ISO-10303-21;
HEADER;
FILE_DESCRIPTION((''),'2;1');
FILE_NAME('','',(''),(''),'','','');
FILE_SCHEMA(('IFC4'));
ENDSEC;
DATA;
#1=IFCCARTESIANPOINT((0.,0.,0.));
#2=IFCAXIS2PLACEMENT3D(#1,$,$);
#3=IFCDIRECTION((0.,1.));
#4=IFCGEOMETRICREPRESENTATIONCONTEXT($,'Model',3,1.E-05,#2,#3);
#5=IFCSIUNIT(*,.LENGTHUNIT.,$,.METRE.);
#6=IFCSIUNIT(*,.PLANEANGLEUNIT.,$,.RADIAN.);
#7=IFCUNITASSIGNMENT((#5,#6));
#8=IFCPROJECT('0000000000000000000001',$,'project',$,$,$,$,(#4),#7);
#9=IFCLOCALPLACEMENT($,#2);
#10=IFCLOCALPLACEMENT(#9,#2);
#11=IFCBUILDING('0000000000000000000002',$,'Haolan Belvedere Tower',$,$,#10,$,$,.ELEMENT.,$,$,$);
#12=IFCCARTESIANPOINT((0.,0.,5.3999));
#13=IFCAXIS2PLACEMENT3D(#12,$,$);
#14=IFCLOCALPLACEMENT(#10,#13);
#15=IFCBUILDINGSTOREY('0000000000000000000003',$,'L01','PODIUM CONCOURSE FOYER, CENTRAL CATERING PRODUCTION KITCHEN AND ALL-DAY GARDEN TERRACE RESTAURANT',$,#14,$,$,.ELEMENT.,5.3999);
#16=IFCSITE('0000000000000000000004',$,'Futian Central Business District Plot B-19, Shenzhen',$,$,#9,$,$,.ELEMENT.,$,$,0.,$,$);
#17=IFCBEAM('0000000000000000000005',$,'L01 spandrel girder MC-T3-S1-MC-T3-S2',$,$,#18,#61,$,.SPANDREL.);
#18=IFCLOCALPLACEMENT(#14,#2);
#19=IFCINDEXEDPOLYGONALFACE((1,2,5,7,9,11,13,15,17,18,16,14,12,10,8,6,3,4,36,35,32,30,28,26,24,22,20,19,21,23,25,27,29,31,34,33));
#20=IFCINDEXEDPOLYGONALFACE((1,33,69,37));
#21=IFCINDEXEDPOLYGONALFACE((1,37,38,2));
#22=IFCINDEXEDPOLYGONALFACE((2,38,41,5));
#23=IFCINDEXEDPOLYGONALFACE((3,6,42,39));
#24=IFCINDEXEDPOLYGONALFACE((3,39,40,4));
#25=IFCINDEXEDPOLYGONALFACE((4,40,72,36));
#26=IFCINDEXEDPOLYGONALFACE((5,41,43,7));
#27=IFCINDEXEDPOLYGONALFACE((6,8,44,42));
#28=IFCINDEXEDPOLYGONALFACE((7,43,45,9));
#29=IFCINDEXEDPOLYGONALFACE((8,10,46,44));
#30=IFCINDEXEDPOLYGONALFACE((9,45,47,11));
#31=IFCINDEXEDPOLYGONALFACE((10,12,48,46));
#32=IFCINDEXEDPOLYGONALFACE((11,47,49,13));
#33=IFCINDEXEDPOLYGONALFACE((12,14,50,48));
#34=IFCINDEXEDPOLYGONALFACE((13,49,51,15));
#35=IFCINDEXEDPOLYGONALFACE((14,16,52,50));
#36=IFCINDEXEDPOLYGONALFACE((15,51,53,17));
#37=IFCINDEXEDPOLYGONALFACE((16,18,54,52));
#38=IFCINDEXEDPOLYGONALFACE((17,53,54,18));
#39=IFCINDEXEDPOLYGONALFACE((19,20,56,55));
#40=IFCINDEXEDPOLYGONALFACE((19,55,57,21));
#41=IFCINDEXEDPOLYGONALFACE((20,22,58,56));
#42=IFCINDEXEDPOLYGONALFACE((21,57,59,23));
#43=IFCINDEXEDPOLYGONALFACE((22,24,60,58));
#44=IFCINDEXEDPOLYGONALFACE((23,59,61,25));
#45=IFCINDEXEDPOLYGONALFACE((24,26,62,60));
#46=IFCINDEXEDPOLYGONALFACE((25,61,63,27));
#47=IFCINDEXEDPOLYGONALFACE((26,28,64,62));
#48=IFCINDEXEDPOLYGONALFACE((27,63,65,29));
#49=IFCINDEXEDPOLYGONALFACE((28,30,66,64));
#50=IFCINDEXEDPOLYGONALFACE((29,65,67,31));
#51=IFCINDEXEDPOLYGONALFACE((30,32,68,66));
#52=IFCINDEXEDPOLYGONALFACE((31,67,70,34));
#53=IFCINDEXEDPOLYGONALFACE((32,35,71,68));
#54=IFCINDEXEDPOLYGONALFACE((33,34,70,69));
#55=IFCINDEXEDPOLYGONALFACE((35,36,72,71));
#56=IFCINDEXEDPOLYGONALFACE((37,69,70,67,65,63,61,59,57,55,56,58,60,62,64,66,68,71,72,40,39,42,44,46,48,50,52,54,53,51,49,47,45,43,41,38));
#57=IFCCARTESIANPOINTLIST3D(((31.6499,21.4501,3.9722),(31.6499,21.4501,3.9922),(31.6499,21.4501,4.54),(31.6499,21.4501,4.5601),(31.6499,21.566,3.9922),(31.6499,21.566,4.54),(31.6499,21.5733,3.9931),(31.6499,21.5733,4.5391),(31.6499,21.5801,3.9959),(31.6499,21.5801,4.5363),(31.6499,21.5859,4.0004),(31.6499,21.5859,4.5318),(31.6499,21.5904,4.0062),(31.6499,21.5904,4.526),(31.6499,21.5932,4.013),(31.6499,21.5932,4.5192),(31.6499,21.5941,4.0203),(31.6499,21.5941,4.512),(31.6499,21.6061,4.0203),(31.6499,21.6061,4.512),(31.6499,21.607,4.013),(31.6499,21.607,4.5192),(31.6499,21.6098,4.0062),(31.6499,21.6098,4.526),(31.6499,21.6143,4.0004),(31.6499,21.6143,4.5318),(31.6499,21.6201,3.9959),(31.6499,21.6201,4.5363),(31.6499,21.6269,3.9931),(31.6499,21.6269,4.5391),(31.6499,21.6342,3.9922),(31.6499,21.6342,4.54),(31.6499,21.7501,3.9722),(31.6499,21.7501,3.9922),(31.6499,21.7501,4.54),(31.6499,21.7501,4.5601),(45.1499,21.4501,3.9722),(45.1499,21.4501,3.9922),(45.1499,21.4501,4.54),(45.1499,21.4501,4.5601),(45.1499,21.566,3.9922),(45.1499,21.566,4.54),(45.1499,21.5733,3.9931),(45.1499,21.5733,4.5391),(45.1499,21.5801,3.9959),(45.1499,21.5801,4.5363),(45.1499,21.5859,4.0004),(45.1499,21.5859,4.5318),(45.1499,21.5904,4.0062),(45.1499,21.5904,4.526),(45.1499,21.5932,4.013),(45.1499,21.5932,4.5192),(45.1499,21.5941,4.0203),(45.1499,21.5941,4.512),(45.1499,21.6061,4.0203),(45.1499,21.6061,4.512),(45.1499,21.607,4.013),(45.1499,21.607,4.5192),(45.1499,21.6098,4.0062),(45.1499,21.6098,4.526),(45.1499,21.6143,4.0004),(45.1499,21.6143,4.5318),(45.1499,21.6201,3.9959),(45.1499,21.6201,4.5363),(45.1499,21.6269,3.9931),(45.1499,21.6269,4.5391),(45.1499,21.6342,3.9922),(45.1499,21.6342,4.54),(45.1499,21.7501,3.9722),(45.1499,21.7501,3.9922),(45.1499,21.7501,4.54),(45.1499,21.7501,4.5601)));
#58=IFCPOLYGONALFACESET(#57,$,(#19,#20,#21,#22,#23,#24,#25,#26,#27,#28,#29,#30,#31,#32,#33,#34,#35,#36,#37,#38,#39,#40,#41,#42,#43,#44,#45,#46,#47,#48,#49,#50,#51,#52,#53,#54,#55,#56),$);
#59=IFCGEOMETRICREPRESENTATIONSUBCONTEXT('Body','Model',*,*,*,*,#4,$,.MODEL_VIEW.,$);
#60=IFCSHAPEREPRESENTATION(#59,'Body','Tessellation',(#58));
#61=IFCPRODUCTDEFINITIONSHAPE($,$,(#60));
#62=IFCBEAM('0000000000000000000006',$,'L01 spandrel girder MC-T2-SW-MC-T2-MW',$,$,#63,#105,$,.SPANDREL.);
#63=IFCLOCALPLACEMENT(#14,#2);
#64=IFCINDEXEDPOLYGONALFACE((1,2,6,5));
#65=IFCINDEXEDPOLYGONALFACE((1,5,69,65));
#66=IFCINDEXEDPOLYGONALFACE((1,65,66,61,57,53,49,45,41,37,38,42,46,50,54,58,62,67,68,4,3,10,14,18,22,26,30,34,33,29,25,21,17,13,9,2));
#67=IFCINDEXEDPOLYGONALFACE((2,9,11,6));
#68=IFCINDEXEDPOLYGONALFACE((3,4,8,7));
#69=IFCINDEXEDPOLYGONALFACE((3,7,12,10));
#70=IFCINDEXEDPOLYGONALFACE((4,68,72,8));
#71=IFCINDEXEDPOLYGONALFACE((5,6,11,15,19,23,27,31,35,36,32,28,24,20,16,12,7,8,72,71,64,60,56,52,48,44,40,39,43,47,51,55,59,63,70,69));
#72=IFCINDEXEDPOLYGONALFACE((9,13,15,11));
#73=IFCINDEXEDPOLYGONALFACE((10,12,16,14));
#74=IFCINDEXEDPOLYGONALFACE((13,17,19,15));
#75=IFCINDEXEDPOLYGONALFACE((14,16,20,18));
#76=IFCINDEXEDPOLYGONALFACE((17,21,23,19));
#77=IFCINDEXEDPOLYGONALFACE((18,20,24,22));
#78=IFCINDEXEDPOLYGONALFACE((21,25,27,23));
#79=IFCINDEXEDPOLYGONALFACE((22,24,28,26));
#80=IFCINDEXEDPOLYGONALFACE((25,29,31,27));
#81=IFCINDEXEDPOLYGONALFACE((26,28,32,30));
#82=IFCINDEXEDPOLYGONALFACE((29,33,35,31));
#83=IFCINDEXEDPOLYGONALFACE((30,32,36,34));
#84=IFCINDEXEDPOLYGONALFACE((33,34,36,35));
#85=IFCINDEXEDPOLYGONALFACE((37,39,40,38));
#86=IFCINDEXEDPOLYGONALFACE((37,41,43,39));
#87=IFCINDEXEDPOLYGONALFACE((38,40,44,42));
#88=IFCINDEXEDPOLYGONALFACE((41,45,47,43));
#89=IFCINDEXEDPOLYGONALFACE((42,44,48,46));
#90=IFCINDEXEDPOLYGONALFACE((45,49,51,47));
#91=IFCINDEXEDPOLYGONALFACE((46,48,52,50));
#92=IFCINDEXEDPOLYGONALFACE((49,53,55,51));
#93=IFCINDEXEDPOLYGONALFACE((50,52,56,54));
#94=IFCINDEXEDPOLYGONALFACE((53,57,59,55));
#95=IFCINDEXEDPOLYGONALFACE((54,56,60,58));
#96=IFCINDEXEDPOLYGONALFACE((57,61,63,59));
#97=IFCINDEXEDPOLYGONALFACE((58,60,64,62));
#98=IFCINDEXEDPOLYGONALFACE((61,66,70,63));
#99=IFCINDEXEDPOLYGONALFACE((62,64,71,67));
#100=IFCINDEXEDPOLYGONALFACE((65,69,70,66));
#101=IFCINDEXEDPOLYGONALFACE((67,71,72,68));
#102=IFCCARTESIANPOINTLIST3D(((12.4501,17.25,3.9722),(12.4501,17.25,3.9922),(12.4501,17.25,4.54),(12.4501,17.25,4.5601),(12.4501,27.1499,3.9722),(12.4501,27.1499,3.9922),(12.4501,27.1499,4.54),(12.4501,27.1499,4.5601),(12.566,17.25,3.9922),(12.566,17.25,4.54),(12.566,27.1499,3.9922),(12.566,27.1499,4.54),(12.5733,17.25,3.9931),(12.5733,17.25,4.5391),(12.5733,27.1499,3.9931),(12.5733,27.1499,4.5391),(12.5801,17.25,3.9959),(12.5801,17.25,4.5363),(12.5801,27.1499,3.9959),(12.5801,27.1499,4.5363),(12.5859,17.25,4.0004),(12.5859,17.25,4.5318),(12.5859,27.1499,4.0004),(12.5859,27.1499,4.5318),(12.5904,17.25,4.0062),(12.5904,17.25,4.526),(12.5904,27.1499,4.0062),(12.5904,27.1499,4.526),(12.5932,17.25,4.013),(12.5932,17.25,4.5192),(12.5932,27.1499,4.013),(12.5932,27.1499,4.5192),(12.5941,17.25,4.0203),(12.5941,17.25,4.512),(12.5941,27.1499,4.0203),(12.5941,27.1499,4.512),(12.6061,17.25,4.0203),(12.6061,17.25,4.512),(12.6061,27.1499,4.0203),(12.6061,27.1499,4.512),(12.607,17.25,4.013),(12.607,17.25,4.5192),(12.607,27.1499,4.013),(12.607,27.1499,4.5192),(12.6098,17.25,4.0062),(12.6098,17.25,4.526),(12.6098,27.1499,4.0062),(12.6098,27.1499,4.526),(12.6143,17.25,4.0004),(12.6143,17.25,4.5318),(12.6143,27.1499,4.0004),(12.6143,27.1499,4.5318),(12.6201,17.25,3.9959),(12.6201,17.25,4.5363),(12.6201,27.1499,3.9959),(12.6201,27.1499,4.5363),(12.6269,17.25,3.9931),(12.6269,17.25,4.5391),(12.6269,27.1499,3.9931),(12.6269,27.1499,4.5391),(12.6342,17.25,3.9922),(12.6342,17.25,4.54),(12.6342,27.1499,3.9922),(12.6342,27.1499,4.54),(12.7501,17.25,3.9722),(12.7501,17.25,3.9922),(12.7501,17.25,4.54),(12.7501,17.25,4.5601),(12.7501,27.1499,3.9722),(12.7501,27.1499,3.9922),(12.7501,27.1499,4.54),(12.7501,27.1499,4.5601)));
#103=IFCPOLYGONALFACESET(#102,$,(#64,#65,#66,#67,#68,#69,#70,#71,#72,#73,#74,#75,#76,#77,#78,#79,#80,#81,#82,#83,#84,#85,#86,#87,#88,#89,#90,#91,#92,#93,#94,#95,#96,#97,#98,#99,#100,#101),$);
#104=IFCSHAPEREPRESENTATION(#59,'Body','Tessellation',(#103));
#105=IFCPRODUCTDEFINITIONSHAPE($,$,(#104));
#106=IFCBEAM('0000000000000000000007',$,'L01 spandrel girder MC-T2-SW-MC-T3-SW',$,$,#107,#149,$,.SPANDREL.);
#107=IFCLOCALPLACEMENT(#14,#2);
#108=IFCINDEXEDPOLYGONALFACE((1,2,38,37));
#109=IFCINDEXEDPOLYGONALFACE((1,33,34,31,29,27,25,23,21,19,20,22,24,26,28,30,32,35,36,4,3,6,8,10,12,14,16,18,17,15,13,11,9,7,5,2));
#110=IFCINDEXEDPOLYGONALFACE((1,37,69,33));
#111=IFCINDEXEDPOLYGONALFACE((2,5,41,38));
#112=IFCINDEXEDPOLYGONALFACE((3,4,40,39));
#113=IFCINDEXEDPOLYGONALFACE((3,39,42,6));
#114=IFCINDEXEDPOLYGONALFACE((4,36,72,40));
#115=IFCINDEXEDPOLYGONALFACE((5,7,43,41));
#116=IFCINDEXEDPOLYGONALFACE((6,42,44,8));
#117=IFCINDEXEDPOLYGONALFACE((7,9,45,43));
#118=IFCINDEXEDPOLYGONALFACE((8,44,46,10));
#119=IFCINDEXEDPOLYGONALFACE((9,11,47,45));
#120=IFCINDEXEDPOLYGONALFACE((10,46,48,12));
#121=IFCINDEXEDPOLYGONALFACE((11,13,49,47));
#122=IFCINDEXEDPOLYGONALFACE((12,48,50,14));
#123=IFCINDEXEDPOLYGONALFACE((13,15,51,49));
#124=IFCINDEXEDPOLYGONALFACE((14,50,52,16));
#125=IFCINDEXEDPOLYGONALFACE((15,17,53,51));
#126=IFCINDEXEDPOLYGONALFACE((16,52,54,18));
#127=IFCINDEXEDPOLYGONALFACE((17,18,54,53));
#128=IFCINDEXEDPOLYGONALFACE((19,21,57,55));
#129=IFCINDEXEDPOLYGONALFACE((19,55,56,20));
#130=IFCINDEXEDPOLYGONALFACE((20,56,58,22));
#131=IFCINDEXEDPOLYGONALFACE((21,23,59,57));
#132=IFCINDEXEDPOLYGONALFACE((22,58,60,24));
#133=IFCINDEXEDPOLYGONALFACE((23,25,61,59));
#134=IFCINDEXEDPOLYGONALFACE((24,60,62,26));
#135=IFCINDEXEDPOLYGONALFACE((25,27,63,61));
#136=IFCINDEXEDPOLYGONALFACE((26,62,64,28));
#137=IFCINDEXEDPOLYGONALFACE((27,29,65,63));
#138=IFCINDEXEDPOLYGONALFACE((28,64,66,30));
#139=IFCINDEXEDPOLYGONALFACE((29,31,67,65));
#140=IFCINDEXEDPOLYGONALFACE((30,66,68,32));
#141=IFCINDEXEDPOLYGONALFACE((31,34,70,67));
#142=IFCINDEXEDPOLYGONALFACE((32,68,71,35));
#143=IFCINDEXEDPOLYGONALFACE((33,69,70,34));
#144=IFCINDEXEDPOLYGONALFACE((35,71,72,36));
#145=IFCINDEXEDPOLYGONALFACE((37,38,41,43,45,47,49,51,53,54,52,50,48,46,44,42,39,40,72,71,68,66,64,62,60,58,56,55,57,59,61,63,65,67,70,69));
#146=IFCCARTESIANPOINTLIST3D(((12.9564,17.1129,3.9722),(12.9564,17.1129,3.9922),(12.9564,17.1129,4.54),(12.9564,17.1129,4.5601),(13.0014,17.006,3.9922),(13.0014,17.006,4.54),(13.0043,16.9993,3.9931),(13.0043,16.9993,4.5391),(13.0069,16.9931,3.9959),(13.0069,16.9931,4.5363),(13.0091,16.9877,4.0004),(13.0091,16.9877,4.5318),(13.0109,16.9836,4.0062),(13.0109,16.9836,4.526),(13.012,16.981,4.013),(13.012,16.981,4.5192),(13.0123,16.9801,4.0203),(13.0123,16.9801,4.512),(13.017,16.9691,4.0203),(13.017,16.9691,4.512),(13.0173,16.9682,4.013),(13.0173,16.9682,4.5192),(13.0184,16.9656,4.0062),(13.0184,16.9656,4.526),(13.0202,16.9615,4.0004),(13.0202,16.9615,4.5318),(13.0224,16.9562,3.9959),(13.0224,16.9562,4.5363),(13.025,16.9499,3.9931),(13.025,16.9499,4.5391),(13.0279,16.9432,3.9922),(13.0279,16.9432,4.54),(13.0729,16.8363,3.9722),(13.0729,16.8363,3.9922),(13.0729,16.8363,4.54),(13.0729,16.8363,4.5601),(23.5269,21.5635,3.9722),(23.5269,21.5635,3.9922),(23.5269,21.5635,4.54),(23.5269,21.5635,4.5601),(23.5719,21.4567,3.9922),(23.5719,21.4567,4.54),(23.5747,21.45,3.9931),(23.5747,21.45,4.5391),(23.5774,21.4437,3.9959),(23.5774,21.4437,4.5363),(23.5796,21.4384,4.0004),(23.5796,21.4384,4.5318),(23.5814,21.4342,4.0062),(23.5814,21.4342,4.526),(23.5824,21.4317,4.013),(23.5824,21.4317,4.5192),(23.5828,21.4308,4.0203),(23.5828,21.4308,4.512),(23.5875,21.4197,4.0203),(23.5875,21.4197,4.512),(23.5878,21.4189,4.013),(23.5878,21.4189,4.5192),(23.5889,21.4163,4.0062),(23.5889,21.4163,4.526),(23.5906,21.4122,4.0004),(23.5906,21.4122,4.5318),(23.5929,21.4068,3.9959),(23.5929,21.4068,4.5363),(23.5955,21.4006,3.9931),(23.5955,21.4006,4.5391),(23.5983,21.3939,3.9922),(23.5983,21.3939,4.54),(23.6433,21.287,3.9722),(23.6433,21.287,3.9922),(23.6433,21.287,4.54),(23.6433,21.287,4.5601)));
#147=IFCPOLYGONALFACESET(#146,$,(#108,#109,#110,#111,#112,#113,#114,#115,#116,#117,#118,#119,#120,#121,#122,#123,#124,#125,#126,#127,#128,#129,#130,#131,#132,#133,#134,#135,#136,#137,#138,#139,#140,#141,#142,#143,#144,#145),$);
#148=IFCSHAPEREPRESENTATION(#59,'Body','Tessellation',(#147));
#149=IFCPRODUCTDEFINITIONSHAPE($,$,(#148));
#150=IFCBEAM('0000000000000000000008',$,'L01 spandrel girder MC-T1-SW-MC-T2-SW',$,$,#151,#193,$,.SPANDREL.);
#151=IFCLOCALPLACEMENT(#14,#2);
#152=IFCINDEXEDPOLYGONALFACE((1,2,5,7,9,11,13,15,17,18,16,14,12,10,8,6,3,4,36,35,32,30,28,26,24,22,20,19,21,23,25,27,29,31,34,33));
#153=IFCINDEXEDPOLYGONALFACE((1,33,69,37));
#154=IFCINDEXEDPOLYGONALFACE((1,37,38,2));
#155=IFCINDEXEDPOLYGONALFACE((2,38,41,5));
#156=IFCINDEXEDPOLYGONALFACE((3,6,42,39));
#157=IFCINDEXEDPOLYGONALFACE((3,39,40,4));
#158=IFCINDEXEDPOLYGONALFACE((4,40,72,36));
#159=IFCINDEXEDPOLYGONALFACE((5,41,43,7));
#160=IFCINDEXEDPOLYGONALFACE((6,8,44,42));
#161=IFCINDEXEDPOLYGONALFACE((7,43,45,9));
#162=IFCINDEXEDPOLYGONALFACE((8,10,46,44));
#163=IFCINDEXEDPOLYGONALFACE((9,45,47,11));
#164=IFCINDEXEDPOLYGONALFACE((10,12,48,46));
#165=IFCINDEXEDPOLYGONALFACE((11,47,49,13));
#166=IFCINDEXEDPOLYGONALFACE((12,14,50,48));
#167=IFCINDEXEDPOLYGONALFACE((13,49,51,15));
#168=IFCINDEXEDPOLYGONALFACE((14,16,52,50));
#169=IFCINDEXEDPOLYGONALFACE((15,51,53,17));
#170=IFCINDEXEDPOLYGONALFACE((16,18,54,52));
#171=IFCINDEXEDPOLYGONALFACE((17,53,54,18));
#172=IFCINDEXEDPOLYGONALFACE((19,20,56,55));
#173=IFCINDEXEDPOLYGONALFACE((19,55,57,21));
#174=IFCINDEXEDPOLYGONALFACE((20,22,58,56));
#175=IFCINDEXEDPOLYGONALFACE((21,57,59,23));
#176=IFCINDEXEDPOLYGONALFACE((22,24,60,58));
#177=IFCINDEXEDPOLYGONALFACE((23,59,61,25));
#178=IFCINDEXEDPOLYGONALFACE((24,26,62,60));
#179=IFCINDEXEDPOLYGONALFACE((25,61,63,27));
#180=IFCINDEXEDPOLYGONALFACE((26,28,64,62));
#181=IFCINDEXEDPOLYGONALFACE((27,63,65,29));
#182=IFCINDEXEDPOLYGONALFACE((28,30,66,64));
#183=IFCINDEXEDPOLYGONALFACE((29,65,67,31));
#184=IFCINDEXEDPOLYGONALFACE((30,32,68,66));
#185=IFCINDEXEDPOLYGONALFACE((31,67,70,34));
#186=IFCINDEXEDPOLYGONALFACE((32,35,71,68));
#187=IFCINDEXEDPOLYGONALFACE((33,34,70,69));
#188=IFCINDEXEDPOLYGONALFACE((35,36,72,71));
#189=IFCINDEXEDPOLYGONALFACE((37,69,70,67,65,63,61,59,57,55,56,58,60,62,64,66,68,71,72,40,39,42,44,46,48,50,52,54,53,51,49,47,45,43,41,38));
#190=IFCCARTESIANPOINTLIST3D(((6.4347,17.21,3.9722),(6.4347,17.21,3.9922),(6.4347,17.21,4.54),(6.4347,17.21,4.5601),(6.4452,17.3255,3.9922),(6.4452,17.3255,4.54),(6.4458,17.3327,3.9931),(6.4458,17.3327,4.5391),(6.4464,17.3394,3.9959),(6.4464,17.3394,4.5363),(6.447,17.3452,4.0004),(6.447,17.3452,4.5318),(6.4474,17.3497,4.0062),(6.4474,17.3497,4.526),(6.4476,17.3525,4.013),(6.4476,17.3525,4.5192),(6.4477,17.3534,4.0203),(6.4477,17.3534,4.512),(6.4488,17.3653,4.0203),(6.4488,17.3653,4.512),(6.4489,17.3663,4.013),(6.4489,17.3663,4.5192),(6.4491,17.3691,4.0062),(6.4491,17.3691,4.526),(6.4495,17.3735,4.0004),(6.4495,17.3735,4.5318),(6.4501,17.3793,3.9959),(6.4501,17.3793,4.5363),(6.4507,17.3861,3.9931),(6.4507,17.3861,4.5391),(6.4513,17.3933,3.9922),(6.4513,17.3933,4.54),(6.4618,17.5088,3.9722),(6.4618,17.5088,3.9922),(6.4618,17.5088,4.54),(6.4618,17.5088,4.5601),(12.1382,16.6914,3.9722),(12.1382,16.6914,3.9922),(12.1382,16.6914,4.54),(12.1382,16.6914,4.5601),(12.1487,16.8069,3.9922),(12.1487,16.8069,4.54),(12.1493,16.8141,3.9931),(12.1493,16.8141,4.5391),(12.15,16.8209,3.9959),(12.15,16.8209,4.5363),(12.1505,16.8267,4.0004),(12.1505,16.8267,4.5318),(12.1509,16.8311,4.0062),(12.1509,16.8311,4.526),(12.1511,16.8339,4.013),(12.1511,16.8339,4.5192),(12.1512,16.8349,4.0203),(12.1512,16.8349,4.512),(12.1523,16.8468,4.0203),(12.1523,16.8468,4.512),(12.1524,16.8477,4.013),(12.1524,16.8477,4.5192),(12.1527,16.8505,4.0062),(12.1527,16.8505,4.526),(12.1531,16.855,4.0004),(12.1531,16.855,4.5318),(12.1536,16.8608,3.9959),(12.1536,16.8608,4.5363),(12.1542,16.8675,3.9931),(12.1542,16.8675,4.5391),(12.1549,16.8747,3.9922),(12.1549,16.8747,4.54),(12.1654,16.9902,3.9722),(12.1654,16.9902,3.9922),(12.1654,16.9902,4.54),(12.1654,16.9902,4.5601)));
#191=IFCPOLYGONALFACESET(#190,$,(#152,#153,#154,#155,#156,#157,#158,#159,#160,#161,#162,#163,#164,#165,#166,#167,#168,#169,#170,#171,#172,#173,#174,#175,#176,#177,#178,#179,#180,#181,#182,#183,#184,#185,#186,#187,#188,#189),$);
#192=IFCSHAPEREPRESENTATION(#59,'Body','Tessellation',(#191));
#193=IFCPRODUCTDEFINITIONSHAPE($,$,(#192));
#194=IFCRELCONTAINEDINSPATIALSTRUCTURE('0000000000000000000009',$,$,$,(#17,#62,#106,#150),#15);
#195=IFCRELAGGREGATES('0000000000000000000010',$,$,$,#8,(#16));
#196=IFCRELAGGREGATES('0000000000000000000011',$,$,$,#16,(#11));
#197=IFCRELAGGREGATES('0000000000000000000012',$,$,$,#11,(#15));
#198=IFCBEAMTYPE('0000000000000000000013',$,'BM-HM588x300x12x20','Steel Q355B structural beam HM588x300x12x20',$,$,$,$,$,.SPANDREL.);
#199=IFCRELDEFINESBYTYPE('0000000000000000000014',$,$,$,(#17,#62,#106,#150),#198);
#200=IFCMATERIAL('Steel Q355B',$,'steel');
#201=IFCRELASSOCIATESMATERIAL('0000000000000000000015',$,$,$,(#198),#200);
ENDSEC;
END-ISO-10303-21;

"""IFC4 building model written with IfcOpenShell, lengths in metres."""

from ifc_helpers import new_model, si_unit, direction, frame, origin, origin_2d, place, context, subcontext, project, spatial, i_section, extrude, material, material_profile, profile_set, type_object, element, save


model = new_model("IFC4")

# Units and contexts
model_context = context("Model", 3, precision=1e-05, world=origin(), true_north=direction((0.0, 1.0)))
body_context = subcontext(model_context, "Body", "Model", "MODEL_VIEW")
ifc_project = project(units=[si_unit("LENGTHUNIT", "METRE"), si_unit("PLANEANGLEUNIT", "RADIAN")], contexts=[model_context])

# Site, building, storey
site_placement = place(None, origin())
site = spatial("IfcSite", under=ifc_project, at=site_placement, Name="Futian Central Business District Plot B-19, Shenzhen", CompositionType="ELEMENT", RefElevation=0.0)
building_placement = place(site_placement, origin())
building = spatial("IfcBuilding", under=site, at=building_placement, Name="Haolan Belvedere Tower", CompositionType="ELEMENT")
storey_placement = place(building_placement, frame((0.0, 0.0, 5.3999)))
storey = spatial("IfcBuildingStorey", under=building, at=storey_placement, Name="L01", Description="PODIUM CONCOURSE FOYER, CENTRAL CATERING PRODUCTION KITCHEN AND ALL-DAY GARDEN TERRACE RESTAURANT", CompositionType="ELEMENT", Elevation=5.3999)

# Shared definitions
ifc_material_1 = material(Name="Steel Q355B", Category="steel")

# Beams
ifc_material_profile_1 = material_profile(ifc_material_1, i_section(OverallWidth=0.3, OverallDepth=0.5879, WebThickness=0.012, FlangeThickness=0.02, FilletRadius=0.0281, at=origin_2d()), Name="Steel Q355B")
ifc_profile_set_1 = profile_set([ifc_material_profile_1], Name="Steel Q355B")
beam_type_1 = type_object("IfcBeamType", Name="BM-HM588x300x12x20", Description="Steel Q355B structural beam HM588x300x12x20", PredefinedType="SPANDREL", material=ifc_profile_set_1)
beam_1_placement = place(storey_placement, frame((31.6499, 21.6001, 4.2661), z_axis=(1.0, 0.0, 0.0), x_axis=(0.0, 1.0, 0.0)))
element("IfcBeam", 1, at=beam_1_placement, inside=storey, type_object=beam_type_1, Name="L01 spandrel girder MC-T3-S1-MC-T3-S2", PredefinedType="SPANDREL", context=body_context, shape_type="SweptSolid", body=[
    extrude(i_section(OverallWidth=0.3, OverallDepth=0.5879, WebThickness=0.012, FlangeThickness=0.02, FilletRadius=0.0281, at=origin_2d()), origin(), (0.0, 0.0, 1.0), 13.5),
])
beam_2_placement = place(storey_placement, frame((12.6001, 17.25, 4.2661), z_axis=(0.0, 1.0, 0.0), x_axis=(-1.0, 0.0, 0.0)))
element("IfcBeam", 2, at=beam_2_placement, inside=storey, type_object=beam_type_1, Name="L01 spandrel girder MC-T2-SW-MC-T2-MW", PredefinedType="SPANDREL", context=body_context, shape_type="SweptSolid", body=[
    extrude(i_section(OverallWidth=0.3, OverallDepth=0.5879, WebThickness=0.012, FlangeThickness=0.02, FilletRadius=0.0281, at=origin_2d()), origin(), (0.0, 0.0, 1.0), 9.8999),
])
beam_3_placement = place(storey_placement, frame((13.0146, 16.9746, 4.2661), z_axis=(0.921638, 0.388051, 0.0), x_axis=(-0.388051, 0.921638, 0.0)))
element("IfcBeam", 3, at=beam_3_placement, inside=storey, type_object=beam_type_1, Name="L01 spandrel girder MC-T2-SW-MC-T3-SW", PredefinedType="SPANDREL", context=body_context, shape_type="SweptSolid", body=[
    extrude(i_section(OverallWidth=0.3, OverallDepth=0.5879, WebThickness=0.012, FlangeThickness=0.02, FilletRadius=0.0281, at=origin_2d()), origin(), (0.0, 0.0, 1.0), 11.4692),
])
beam_4_placement = place(storey_placement, frame((6.4482, 17.3594, 4.2661), z_axis=(0.995893, -0.090543, 0.0), x_axis=(0.090543, 0.995893, 0.0)))
element("IfcBeam", 4, at=beam_4_placement, inside=storey, type_object=beam_type_1, Name="L01 spandrel girder MC-T1-SW-MC-T2-SW", PredefinedType="SPANDREL", context=body_context, shape_type="SweptSolid", body=[
    extrude(i_section(OverallWidth=0.3, OverallDepth=0.5879, WebThickness=0.012, FlangeThickness=0.02, FilletRadius=0.0281, at=origin_2d()), origin(), (0.0, 0.0, 1.0), 5.7271),
])

save(model, "model.ifc")
